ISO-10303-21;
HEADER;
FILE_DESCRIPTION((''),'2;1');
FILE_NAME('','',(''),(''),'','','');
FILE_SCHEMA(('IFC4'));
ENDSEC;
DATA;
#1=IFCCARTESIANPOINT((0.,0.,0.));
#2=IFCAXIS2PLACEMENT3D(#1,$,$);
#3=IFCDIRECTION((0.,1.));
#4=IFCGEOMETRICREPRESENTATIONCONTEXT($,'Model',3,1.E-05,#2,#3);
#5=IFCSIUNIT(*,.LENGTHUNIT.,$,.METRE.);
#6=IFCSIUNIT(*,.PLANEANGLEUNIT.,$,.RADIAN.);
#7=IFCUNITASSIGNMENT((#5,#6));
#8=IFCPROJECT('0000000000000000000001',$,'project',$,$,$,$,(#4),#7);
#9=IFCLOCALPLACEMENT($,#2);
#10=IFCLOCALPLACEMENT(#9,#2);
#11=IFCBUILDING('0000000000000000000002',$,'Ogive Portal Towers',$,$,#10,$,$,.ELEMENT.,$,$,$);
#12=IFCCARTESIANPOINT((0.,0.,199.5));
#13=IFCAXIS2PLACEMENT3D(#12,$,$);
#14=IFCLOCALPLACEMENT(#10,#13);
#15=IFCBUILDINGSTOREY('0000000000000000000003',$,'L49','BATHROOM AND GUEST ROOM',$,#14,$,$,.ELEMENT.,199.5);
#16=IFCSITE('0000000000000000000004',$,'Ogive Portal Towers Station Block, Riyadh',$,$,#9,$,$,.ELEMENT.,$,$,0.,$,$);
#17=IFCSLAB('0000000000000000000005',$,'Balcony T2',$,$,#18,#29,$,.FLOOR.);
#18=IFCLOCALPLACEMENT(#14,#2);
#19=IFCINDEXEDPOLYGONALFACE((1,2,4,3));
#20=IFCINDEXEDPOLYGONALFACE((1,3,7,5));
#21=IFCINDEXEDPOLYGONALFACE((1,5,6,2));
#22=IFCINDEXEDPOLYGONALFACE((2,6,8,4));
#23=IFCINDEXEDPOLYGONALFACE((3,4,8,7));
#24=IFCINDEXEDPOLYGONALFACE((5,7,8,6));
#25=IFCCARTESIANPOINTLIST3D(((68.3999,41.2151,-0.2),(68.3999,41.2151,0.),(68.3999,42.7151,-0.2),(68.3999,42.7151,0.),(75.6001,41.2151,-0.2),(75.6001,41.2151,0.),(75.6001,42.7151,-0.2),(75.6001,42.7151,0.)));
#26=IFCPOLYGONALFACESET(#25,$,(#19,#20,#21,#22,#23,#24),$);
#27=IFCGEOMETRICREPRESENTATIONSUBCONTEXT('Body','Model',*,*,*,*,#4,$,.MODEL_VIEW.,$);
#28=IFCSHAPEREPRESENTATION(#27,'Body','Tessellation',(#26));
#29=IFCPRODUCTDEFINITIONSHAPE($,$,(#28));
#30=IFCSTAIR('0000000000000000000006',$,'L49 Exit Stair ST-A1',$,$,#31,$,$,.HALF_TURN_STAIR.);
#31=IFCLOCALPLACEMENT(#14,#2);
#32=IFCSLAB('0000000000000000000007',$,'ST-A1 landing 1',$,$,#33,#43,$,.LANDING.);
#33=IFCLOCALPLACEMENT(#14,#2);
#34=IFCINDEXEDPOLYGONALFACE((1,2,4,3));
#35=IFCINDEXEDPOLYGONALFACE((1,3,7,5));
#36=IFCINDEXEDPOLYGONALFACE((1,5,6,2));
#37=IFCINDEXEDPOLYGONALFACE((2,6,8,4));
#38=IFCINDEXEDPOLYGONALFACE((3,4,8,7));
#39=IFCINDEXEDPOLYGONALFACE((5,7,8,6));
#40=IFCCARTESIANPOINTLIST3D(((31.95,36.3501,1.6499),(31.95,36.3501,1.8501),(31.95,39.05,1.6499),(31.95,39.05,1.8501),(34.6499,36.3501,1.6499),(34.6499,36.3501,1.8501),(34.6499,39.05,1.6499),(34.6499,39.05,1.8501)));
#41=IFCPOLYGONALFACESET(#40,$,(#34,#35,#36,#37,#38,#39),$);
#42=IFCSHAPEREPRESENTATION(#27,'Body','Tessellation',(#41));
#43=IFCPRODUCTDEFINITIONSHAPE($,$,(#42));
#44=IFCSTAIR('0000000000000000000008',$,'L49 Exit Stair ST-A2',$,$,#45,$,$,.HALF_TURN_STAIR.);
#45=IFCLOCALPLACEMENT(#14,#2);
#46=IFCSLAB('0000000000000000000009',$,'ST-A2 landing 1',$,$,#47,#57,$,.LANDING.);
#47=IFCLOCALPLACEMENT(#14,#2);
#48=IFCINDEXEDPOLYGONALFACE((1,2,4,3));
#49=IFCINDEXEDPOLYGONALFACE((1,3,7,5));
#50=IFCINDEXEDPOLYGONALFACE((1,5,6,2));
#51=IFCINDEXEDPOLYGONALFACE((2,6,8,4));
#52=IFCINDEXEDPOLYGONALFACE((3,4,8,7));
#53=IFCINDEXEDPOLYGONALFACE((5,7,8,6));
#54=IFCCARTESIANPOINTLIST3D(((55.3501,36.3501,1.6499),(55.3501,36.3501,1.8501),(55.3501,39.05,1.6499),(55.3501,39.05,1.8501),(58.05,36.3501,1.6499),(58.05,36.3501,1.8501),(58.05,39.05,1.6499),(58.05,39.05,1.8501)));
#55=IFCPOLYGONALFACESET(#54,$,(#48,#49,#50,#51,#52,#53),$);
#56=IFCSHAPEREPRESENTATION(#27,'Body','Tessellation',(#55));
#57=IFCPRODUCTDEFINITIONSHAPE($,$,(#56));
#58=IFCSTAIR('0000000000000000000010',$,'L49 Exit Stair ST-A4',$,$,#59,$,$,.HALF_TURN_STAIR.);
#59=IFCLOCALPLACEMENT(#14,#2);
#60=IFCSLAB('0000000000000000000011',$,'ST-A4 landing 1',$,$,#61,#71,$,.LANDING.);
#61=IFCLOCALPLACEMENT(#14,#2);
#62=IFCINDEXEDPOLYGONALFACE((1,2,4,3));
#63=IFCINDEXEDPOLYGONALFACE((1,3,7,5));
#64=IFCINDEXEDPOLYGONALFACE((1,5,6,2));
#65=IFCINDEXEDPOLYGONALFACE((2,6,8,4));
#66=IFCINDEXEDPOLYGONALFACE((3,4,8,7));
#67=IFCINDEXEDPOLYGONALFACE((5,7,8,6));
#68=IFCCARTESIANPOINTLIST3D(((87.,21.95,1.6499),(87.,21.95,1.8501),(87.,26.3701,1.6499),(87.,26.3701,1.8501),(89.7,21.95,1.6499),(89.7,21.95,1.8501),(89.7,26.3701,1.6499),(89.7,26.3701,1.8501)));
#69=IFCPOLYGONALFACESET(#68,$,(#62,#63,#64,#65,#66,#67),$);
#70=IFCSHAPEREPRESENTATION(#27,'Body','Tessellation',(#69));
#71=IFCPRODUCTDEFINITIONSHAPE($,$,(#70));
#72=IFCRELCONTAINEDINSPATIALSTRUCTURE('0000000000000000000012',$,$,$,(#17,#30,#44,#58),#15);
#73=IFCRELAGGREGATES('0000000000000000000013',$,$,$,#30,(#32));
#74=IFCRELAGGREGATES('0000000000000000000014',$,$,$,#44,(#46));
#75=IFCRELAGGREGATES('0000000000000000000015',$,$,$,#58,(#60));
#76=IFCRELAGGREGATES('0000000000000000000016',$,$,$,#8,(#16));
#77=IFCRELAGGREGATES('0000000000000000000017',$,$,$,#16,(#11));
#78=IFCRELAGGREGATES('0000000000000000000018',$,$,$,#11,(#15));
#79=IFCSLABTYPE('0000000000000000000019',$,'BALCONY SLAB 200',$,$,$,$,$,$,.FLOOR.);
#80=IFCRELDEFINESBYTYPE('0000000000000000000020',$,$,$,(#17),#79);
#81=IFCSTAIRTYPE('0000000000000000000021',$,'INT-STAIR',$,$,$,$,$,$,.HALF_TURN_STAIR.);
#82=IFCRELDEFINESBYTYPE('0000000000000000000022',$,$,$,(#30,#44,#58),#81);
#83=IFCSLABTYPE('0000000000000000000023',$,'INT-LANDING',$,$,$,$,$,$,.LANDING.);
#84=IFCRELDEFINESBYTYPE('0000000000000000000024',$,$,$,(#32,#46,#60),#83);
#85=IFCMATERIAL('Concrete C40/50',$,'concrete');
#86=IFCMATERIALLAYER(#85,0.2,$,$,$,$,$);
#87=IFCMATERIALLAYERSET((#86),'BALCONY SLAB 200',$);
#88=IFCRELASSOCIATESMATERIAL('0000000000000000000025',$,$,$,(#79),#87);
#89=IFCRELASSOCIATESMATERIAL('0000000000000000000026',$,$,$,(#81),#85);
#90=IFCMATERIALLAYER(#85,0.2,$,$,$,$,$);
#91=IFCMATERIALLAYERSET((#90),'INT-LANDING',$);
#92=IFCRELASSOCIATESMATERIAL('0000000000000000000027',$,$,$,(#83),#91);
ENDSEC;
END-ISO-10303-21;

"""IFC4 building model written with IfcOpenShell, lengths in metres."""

from ifc_helpers import new_model, si_unit, direction, frame, origin, place, context, subcontext, project, spatial, polyline, outline, extrude, material, layer, layer_set, type_object, element, aggregate, save


model = new_model("IFC4")

# Units and contexts
model_context = context("Model", 3, precision=1e-05, world=origin(), true_north=direction((0.0, 1.0)))
body_context = subcontext(model_context, "Body", "Model", "MODEL_VIEW")
ifc_project = project(units=[si_unit("LENGTHUNIT", "METRE"), si_unit("PLANEANGLEUNIT", "RADIAN")], contexts=[model_context])

# Site, building, storey
site_placement = place(None, origin())
site = spatial("IfcSite", under=ifc_project, at=site_placement, Name="Ogive Portal Towers Station Block, Riyadh", CompositionType="ELEMENT", RefElevation=0.0)
building_placement = place(site_placement, origin())
building = spatial("IfcBuilding", under=site, at=building_placement, Name="Ogive Portal Towers", CompositionType="ELEMENT")
storey_placement = place(building_placement, frame((0.0, 0.0, 199.5)))
storey = spatial("IfcBuildingStorey", under=building, at=storey_placement, Name="L49", Description="BATHROOM AND GUEST ROOM", CompositionType="ELEMENT", Elevation=199.5)

# Slab
ifc_material_1 = material(Name="Concrete C40/50", Category="concrete")
ifc_layer_1 = layer(ifc_material_1, 0.2)
ifc_layer_set_1 = layer_set([ifc_layer_1], Name="BALCONY SLAB 200")
slab_type_1 = type_object("IfcSlabType", Name="BALCONY SLAB 200", PredefinedType="FLOOR", material=ifc_layer_set_1)
slab_1_placement = place(storey_placement, frame((0.0, 0.0, -0.2)))
element("IfcSlab", 1, at=slab_1_placement, inside=storey, type_object=slab_type_1, Name="Balcony T2", PredefinedType="FLOOR", context=body_context, shape_type="SweptSolid", body=[
    extrude(outline(polyline([(68.3999, 41.2151), (75.6001, 41.2151), (75.6001, 42.7151), (68.3999, 42.7151), (68.3999, 41.2151)])), origin(), (0.0, 0.0, 1.0), 0.2),
])

# Stairs, slabs
stair_type = type_object("IfcStairType", Name="INT-STAIR", PredefinedType="HALF_TURN_STAIR", material=ifc_material_1)
stair_1_placement = place(storey_placement, origin())
stair_1 = element("IfcStair", 2, at=stair_1_placement, inside=storey, type_object=stair_type, Name="L49 Exit Stair ST-A1", PredefinedType="HALF_TURN_STAIR")
ifc_layer_2 = layer(ifc_material_1, 0.2)
ifc_layer_set_2 = layer_set([ifc_layer_2], Name="INT-LANDING")
slab_type_2 = type_object("IfcSlabType", Name="INT-LANDING", PredefinedType="LANDING", material=ifc_layer_set_2)
slab_2_placement = place(storey_placement, frame((0.0, 0.0, 1.6499)))
slab_2 = element("IfcSlab", 3, at=slab_2_placement, type_object=slab_type_2, Name="ST-A1 landing 1", PredefinedType="LANDING", context=body_context, shape_type="SweptSolid", body=[
    extrude(outline(polyline([(34.6499, 39.05), (31.95, 39.05), (31.95, 36.3501), (34.6499, 36.3501), (34.6499, 39.05)])), origin(), (0.0, 0.0, 1.0), 0.2002),
])
aggregate(stair_1, [slab_2])
stair_2_placement = place(storey_placement, origin())
stair_2 = element("IfcStair", 4, at=stair_2_placement, inside=storey, type_object=stair_type, Name="L49 Exit Stair ST-A2", PredefinedType="HALF_TURN_STAIR")
slab_3_placement = place(storey_placement, frame((0.0, 0.0, 1.6499)))
slab_3 = element("IfcSlab", 5, at=slab_3_placement, type_object=slab_type_2, Name="ST-A2 landing 1", PredefinedType="LANDING", context=body_context, shape_type="SweptSolid", body=[
    extrude(outline(polyline([(55.3501, 36.3501), (58.05, 36.3501), (58.05, 39.05), (55.3501, 39.05), (55.3501, 36.3501)])), origin(), (0.0, 0.0, 1.0), 0.2002),
])
aggregate(stair_2, [slab_3])
stair_3_placement = place(storey_placement, origin())
stair_3 = element("IfcStair", 6, at=stair_3_placement, inside=storey, type_object=stair_type, Name="L49 Exit Stair ST-A4", PredefinedType="HALF_TURN_STAIR")
slab_4_placement = place(storey_placement, frame((0.0, 0.0, 1.6499)))
slab_4 = element("IfcSlab", 7, at=slab_4_placement, type_object=slab_type_2, Name="ST-A4 landing 1", PredefinedType="LANDING", context=body_context, shape_type="SweptSolid", body=[
    extrude(outline(polyline([(87.0, 26.3701), (87.0, 21.95), (89.7, 21.95), (89.7, 26.3701), (87.0, 26.3701)])), origin(), (0.0, 0.0, 1.0), 0.2002),
])
aggregate(stair_3, [slab_4])

save(model, "model.ifc")
